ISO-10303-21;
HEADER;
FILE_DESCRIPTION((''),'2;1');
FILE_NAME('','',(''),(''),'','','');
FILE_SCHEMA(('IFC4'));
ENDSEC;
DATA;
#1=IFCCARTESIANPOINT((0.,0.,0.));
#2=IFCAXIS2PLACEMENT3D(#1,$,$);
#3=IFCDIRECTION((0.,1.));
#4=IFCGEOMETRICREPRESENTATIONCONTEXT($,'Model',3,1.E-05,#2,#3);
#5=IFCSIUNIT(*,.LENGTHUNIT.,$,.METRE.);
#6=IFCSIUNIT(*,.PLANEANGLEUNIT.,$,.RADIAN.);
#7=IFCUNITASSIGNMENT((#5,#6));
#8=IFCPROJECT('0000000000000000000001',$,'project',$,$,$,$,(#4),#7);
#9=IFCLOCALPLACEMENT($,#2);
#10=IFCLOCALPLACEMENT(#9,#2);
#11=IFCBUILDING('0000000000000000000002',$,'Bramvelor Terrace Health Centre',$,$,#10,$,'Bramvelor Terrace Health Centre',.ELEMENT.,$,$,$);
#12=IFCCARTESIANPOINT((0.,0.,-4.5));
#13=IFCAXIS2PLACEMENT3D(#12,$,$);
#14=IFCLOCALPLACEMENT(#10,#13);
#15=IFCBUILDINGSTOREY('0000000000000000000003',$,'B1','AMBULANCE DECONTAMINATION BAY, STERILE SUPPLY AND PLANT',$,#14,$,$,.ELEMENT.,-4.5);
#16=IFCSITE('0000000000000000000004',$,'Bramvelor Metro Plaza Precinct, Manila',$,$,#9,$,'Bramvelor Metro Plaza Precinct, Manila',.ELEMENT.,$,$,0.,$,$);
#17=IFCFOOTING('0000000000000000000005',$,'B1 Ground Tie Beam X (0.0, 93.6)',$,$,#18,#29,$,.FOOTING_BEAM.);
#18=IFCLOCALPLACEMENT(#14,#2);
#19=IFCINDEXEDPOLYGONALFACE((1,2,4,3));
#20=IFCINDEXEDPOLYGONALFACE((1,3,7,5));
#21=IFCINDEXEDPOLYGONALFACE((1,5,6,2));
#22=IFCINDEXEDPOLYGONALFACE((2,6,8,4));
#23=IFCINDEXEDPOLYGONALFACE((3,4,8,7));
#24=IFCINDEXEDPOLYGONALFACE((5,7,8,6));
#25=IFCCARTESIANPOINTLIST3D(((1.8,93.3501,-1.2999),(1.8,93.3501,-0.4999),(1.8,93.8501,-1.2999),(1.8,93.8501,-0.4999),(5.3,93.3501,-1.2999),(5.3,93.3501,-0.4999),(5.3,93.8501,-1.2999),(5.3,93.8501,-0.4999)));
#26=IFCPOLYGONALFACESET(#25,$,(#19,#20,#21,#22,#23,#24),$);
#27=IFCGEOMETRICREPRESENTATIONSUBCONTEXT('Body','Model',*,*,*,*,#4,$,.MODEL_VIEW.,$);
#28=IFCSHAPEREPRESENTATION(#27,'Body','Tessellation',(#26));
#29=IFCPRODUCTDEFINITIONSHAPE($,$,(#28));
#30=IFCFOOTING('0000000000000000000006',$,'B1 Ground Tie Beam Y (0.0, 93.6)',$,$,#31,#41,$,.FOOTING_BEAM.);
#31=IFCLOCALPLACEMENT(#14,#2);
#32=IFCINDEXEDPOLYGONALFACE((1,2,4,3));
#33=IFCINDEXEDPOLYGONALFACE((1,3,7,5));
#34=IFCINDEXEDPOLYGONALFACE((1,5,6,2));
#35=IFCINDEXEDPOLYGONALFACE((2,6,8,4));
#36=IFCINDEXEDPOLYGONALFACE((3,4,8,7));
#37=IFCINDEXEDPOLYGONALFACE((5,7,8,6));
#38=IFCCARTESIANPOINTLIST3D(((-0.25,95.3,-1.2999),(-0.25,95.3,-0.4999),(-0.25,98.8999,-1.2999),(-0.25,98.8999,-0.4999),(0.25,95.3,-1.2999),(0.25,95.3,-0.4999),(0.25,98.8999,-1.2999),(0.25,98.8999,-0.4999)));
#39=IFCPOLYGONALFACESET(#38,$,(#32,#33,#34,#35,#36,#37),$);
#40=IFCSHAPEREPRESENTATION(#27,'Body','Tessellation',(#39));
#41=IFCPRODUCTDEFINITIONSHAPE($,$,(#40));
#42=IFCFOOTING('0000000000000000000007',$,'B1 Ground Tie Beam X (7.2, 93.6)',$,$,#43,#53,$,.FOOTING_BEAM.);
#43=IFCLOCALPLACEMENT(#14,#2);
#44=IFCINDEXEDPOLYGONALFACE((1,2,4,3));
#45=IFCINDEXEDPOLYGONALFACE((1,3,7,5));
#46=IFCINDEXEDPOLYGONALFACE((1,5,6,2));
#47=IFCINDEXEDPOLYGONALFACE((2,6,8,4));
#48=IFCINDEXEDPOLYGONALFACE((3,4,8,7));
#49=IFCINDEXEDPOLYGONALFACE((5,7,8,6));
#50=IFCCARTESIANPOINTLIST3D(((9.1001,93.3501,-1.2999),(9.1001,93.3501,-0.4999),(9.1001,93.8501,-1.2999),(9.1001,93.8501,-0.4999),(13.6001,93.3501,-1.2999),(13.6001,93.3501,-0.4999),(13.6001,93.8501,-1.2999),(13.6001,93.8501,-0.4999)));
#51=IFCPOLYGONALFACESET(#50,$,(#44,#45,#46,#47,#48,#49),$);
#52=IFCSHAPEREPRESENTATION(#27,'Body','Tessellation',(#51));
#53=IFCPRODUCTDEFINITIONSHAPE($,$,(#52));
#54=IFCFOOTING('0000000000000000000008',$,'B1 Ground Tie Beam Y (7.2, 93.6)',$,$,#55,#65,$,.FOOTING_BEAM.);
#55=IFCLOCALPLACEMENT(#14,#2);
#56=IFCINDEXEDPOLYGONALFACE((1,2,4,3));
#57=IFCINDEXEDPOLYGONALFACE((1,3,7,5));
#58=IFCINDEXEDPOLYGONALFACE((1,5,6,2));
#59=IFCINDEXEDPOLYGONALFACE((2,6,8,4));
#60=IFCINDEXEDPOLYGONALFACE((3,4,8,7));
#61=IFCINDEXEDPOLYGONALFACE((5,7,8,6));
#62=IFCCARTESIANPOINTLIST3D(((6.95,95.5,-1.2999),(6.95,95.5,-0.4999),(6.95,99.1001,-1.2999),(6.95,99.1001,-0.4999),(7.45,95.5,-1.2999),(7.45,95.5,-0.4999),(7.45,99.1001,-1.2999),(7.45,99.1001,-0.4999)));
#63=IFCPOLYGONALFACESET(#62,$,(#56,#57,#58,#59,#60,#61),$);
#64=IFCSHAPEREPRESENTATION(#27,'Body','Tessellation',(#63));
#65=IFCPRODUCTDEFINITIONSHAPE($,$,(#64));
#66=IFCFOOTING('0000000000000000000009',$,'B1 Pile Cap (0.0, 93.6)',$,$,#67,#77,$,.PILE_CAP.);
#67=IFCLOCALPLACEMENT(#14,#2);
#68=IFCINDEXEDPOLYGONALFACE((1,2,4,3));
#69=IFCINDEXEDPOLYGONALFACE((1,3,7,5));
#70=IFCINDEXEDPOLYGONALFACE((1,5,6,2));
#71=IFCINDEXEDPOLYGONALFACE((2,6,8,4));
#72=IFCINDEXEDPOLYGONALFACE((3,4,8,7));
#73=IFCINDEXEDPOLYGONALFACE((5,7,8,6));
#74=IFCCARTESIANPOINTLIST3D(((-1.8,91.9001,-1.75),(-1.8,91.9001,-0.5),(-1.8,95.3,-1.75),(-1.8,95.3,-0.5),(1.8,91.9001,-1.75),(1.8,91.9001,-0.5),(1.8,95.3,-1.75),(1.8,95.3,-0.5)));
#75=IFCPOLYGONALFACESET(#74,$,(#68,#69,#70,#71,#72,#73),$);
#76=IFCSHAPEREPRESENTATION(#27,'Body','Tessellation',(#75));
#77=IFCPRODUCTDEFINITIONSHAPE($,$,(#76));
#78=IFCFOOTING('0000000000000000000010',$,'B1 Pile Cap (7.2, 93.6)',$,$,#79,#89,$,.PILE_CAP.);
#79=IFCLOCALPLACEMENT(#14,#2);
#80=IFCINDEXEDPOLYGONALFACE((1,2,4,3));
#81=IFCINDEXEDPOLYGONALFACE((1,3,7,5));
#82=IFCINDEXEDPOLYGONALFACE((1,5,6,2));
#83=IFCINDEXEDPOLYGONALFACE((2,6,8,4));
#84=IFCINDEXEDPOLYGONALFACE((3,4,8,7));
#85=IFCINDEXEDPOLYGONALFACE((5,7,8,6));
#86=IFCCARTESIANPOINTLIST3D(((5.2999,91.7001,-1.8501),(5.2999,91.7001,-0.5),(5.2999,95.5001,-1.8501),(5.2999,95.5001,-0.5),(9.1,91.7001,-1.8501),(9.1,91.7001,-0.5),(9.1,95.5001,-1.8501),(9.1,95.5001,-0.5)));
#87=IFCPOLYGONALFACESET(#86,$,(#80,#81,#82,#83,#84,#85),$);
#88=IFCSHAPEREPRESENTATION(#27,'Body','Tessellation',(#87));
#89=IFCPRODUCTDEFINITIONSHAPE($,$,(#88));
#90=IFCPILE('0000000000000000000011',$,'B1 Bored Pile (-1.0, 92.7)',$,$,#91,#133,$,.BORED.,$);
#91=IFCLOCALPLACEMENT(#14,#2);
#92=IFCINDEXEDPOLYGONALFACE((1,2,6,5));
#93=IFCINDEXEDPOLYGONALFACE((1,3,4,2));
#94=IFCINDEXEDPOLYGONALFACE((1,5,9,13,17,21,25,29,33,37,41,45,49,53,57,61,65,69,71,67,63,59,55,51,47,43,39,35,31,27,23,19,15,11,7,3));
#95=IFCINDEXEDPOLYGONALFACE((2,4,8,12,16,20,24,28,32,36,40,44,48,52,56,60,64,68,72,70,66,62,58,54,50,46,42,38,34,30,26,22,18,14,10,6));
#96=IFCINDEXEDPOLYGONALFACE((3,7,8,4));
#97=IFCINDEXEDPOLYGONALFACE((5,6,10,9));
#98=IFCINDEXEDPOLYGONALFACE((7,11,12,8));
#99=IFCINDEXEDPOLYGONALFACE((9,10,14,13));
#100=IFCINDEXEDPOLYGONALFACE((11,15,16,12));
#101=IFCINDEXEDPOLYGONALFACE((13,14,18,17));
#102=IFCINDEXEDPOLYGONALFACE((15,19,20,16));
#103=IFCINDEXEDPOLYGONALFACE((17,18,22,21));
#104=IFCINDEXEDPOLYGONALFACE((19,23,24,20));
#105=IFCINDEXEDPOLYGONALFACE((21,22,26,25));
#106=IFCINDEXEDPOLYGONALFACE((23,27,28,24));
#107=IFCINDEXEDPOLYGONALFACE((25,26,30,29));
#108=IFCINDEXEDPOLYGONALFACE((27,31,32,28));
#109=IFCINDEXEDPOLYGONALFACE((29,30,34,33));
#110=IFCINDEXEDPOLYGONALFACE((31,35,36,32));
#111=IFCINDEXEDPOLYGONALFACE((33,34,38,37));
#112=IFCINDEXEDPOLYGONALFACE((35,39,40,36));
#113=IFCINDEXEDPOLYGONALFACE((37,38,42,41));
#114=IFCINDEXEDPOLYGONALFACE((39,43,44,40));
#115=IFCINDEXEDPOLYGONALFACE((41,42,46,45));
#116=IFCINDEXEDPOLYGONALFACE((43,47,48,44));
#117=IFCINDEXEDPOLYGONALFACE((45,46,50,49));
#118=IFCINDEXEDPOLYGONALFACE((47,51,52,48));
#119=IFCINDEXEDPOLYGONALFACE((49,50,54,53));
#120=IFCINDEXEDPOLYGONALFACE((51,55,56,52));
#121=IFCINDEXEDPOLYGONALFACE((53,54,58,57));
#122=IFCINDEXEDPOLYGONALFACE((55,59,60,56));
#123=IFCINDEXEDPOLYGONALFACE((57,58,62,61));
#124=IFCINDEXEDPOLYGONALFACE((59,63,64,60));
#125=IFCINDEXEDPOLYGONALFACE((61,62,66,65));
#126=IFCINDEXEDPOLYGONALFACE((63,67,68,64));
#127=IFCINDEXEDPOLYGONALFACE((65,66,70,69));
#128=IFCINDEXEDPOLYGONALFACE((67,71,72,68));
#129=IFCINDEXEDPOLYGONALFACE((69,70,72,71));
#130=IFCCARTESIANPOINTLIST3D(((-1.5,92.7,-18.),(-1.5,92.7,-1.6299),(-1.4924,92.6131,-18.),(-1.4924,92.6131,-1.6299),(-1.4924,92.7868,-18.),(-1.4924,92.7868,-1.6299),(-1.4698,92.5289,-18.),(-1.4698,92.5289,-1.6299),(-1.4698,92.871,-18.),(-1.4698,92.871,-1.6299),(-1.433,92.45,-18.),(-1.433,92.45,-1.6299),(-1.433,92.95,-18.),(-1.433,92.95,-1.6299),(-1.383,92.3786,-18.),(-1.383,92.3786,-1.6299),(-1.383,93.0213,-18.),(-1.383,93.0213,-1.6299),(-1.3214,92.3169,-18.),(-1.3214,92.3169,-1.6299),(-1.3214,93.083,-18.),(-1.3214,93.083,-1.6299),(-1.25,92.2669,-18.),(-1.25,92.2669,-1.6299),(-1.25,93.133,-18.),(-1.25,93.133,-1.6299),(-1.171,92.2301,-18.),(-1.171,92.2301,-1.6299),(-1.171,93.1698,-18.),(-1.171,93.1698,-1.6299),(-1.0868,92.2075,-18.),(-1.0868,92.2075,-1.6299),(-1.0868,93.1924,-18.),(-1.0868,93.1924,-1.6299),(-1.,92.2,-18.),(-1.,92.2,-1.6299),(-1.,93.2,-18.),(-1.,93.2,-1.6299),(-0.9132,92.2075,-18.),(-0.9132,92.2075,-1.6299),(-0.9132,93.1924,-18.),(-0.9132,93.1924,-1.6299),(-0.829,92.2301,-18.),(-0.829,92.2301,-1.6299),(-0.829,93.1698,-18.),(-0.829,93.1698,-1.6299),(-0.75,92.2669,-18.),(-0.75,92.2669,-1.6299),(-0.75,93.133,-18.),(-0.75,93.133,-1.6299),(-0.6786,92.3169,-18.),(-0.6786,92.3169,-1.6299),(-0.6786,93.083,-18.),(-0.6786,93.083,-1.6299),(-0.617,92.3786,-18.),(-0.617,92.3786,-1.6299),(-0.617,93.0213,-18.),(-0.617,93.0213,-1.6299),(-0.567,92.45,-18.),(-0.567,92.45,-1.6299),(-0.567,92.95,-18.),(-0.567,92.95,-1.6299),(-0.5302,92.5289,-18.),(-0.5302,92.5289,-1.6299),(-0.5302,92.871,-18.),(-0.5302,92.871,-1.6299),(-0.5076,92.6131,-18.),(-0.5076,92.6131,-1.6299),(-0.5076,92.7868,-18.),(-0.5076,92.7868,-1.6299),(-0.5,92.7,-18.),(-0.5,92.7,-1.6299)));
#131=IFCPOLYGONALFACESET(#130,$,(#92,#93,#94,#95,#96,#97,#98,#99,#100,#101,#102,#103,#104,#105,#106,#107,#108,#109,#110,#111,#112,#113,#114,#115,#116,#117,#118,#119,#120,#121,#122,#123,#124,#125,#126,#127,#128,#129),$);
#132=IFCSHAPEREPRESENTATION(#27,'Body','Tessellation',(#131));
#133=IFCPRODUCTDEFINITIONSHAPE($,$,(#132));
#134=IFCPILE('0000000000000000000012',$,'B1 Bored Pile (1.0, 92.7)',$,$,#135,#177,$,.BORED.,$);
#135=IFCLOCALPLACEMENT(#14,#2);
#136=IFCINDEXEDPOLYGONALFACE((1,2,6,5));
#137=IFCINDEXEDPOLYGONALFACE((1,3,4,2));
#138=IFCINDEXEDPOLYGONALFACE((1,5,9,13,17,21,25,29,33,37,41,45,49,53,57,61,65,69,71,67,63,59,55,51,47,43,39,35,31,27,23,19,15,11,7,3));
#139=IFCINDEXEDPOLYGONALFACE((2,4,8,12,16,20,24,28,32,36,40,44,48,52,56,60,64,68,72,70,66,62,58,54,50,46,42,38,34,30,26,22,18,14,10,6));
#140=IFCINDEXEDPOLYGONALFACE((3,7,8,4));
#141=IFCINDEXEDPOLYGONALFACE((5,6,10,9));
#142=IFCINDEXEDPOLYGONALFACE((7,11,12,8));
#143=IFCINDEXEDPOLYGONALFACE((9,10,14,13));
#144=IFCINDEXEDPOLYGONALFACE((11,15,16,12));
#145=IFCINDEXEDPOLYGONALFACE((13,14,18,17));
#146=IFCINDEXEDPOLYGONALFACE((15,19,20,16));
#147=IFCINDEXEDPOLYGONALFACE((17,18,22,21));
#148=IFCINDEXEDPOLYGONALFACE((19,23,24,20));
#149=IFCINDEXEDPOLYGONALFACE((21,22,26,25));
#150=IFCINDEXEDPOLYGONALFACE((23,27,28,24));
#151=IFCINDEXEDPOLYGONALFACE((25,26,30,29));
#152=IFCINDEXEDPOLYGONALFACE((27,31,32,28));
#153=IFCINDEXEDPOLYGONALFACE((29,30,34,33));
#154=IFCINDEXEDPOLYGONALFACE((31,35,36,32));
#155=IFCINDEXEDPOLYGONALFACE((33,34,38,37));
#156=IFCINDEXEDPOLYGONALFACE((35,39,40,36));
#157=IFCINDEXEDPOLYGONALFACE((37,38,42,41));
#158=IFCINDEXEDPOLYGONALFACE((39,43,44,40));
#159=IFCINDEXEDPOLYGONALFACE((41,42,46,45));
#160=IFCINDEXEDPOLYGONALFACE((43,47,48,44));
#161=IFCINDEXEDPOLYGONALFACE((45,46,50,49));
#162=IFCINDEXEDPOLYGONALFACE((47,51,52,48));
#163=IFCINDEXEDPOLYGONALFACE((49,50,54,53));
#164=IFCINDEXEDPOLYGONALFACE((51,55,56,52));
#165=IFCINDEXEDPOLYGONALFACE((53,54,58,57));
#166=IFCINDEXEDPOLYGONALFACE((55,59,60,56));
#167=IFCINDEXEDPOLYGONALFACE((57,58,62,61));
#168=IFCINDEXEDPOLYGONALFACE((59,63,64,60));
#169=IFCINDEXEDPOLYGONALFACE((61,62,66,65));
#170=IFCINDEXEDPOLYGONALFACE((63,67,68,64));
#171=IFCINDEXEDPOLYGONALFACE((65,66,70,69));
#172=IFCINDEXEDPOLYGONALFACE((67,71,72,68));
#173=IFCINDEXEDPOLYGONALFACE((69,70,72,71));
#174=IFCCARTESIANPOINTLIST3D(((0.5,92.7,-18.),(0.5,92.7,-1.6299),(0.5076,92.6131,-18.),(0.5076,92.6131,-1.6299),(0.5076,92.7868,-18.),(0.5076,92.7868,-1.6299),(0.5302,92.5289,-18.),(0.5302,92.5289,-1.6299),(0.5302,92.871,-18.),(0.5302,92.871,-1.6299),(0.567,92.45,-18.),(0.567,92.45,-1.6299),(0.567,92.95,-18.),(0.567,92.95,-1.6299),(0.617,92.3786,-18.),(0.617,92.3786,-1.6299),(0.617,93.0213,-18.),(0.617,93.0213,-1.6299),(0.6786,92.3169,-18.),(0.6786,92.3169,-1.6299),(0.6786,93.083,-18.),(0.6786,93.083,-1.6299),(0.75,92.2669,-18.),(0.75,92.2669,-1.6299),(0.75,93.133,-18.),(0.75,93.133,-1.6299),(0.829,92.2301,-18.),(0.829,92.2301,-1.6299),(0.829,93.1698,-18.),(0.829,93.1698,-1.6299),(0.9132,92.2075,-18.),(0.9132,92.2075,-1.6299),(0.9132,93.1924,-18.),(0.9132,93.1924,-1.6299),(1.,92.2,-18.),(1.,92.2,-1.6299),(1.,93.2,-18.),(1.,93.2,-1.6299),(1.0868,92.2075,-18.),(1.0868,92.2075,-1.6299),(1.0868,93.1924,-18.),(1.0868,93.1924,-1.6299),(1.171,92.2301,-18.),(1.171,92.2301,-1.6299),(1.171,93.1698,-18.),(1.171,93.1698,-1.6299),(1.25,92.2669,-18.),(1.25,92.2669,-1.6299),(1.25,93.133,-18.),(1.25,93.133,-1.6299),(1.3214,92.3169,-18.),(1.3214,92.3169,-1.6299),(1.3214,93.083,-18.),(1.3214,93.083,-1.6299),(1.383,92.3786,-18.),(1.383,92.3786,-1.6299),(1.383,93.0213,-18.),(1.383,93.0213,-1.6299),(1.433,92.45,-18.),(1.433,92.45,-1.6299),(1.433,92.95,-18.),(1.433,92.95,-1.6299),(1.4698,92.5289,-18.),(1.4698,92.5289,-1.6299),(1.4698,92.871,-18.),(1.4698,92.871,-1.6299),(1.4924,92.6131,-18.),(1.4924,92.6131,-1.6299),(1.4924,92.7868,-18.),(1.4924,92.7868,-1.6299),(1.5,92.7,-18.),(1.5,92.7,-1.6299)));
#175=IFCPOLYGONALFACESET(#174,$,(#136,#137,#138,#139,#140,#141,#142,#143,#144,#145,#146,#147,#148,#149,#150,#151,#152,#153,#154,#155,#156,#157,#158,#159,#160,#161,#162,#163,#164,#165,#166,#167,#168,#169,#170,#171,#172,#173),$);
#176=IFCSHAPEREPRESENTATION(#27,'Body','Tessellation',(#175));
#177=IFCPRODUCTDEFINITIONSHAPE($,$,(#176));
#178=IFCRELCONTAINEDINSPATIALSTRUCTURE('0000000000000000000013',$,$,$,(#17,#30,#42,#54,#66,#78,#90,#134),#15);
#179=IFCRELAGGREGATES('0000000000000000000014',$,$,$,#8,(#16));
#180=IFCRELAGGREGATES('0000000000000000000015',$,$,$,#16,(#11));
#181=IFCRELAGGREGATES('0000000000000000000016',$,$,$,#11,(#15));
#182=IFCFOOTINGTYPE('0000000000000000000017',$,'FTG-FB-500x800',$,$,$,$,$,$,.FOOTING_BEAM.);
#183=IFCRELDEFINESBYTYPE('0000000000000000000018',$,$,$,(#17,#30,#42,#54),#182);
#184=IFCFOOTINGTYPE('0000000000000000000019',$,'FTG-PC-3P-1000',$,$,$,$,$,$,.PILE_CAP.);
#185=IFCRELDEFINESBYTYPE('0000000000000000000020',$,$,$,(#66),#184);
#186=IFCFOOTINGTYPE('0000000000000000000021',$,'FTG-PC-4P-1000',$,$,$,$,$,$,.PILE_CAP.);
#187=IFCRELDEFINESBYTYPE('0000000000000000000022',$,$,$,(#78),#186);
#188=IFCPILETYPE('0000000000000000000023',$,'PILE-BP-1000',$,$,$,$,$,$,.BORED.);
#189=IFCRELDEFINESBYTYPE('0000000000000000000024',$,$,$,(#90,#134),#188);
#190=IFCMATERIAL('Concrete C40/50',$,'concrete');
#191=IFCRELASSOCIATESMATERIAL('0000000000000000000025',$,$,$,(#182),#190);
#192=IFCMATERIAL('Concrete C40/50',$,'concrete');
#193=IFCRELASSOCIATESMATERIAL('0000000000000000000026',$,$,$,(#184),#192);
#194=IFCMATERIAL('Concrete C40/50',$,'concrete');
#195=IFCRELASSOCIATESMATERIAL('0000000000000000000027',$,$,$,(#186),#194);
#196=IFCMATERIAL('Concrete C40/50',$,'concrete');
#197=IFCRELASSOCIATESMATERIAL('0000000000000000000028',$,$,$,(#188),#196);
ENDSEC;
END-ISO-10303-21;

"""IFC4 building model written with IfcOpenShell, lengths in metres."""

from ifc_helpers import new_model, si_unit, direction, frame, origin, origin_2d, place, context, subcontext, project, spatial, rectangle, circle, extrude, material, material_profile, profile_set, type_object, element, save


model = new_model("IFC4")

# Units and contexts
model_context = context("Model", 3, precision=1e-05, world=origin(), true_north=direction((0.0, 1.0)))
body_context = subcontext(model_context, "Body", "Model", "MODEL_VIEW")
ifc_project = project(units=[si_unit("LENGTHUNIT", "METRE"), si_unit("PLANEANGLEUNIT", "RADIAN")], contexts=[model_context])

# Site, building, storey
site_placement = place(None, origin())
site = spatial("IfcSite", under=ifc_project, at=site_placement, Name="Bramvelor Metro Plaza Precinct, Manila", LongName="Bramvelor Metro Plaza Precinct, Manila", CompositionType="ELEMENT", RefElevation=0.0)
building_placement = place(site_placement, origin())
building = spatial("IfcBuilding", under=site, at=building_placement, Name="Bramvelor Terrace Health Centre", LongName="Bramvelor Terrace Health Centre", CompositionType="ELEMENT")
storey_placement = place(building_placement, frame((0.0, 0.0, -4.5)))
storey = spatial("IfcBuildingStorey", under=building, at=storey_placement, Name="B1", Description="AMBULANCE DECONTAMINATION BAY, STERILE SUPPLY AND PLANT", CompositionType="ELEMENT", Elevation=-4.5)

# Footings
ifc_material_1 = material(Name="Concrete C40/50", Category="concrete")
ifc_material_profile_1 = material_profile(ifc_material_1, rectangle(XDim=0.5, YDim=0.8, at=origin_2d()), Name="RC 500x800")
ifc_profile_set_1 = profile_set([ifc_material_profile_1], Name="Concrete C40/50")
footing_type_1 = type_object("IfcFootingType", Name="FTG-FB-500x800", PredefinedType="FOOTING_BEAM", material=ifc_profile_set_1)
footing_1_placement = place(storey_placement, frame((1.8, 93.6001, -0.8999), z_axis=(1.0, 0.0, 0.0), x_axis=(0.0, 1.0, 0.0)))
element("IfcFooting", 1, at=footing_1_placement, inside=storey, type_object=footing_type_1, Name="B1 Ground Tie Beam X (0.0, 93.6)", PredefinedType="FOOTING_BEAM", context=body_context, shape_type="SweptSolid", body=[
    extrude(rectangle(XDim=0.5, YDim=0.8, at=origin_2d()), origin(), (0.0, 0.0, 1.0), 3.5),
])
footing_2_placement = place(storey_placement, frame((0.0, 95.3, -0.8999), z_axis=(0.0, 1.0, 0.0), x_axis=(-1.0, 0.0, 0.0)))
element("IfcFooting", 2, at=footing_2_placement, inside=storey, type_object=footing_type_1, Name="B1 Ground Tie Beam Y (0.0, 93.6)", PredefinedType="FOOTING_BEAM", context=body_context, shape_type="SweptSolid", body=[
    extrude(rectangle(XDim=0.5, YDim=0.8, at=origin_2d()), origin(), (0.0, 0.0, 1.0), 3.5999),
])
footing_3_placement = place(storey_placement, frame((9.1001, 93.6001, -0.8999), z_axis=(1.0, 0.0, 0.0), x_axis=(0.0, 1.0, 0.0)))
element("IfcFooting", 3, at=footing_3_placement, inside=storey, type_object=footing_type_1, Name="B1 Ground Tie Beam X (7.2, 93.6)", PredefinedType="FOOTING_BEAM", context=body_context, shape_type="SweptSolid", body=[
    extrude(rectangle(XDim=0.5, YDim=0.8, at=origin_2d()), origin(), (0.0, 0.0, 1.0), 4.5),
])
footing_4_placement = place(storey_placement, frame((7.2, 95.5, -0.8999), z_axis=(0.0, 1.0, 0.0), x_axis=(-1.0, 0.0, 0.0)))
element("IfcFooting", 4, at=footing_4_placement, inside=storey, type_object=footing_type_1, Name="B1 Ground Tie Beam Y (7.2, 93.6)", PredefinedType="FOOTING_BEAM", context=body_context, shape_type="SweptSolid", body=[
    extrude(rectangle(XDim=0.5, YDim=0.8, at=origin_2d()), origin(), (0.0, 0.0, 1.0), 3.6001),
])
ifc_material_2 = material(Name="Concrete C40/50", Category="concrete")
footing_type_2 = type_object("IfcFootingType", Name="FTG-PC-3P-1000", PredefinedType="PILE_CAP", material=ifc_material_2)
footing_5_placement = place(storey_placement, frame((0.0, 93.6001, -1.75), z_axis=(0.0, 0.0, 1.0), x_axis=(1.0, 0.0, 0.0)))
element("IfcFooting", 5, at=footing_5_placement, inside=storey, type_object=footing_type_2, Name="B1 Pile Cap (0.0, 93.6)", PredefinedType="PILE_CAP", context=body_context, shape_type="SweptSolid", body=[
    extrude(rectangle(XDim=3.6001, YDim=3.3999, at=origin_2d()), origin(), (0.0, 0.0, 1.0), 1.25),
])
ifc_material_3 = material(Name="Concrete C40/50", Category="concrete")
footing_type_3 = type_object("IfcFootingType", Name="FTG-PC-4P-1000", PredefinedType="PILE_CAP", material=ifc_material_3)
footing_6_placement = place(storey_placement, frame((7.2, 93.6001, -1.8501), z_axis=(0.0, 0.0, 1.0), x_axis=(1.0, 0.0, 0.0)))
element("IfcFooting", 6, at=footing_6_placement, inside=storey, type_object=footing_type_3, Name="B1 Pile Cap (7.2, 93.6)", PredefinedType="PILE_CAP", context=body_context, shape_type="SweptSolid", body=[
    extrude(rectangle(XDim=3.8, YDim=3.8, at=origin_2d()), origin(), (0.0, 0.0, 1.0), 1.3501),
])

# Piles
ifc_material_4 = material(Name="Concrete C40/50", Category="concrete")
ifc_material_profile_2 = material_profile(ifc_material_4, circle(Radius=0.5, at=origin_2d()), Name="BP D1000")
ifc_profile_set_2 = profile_set([ifc_material_profile_2], Name="Concrete C40/50")
pile_type = type_object("IfcPileType", Name="PILE-BP-1000", PredefinedType="BORED", material=ifc_profile_set_2)
for number, where, z_axis, x_axis, name in (
    (7, (-1.0, 92.7, -1.6299), (0.0, 0.0, -1.0), (1.0, 0.0, 0.0), "B1 Bored Pile (-1.0, 92.7)"),
    (8, (1.0, 92.7, -1.6299), (0.0, 0.0, -1.0), (1.0, 0.0, 0.0), "B1 Bored Pile (1.0, 92.7)"),
):
    element("IfcPile", number, at=place(storey_placement, frame(where, z_axis=z_axis, x_axis=x_axis)), inside=storey, type_object=pile_type, Name=name, PredefinedType="BORED", context=body_context, shape_type="SweptSolid", body=[
        extrude(circle(Radius=0.5, at=origin_2d()), origin(), (0.0, 0.0, 1.0), 16.3701),
    ])

save(model, "model.ifc")
